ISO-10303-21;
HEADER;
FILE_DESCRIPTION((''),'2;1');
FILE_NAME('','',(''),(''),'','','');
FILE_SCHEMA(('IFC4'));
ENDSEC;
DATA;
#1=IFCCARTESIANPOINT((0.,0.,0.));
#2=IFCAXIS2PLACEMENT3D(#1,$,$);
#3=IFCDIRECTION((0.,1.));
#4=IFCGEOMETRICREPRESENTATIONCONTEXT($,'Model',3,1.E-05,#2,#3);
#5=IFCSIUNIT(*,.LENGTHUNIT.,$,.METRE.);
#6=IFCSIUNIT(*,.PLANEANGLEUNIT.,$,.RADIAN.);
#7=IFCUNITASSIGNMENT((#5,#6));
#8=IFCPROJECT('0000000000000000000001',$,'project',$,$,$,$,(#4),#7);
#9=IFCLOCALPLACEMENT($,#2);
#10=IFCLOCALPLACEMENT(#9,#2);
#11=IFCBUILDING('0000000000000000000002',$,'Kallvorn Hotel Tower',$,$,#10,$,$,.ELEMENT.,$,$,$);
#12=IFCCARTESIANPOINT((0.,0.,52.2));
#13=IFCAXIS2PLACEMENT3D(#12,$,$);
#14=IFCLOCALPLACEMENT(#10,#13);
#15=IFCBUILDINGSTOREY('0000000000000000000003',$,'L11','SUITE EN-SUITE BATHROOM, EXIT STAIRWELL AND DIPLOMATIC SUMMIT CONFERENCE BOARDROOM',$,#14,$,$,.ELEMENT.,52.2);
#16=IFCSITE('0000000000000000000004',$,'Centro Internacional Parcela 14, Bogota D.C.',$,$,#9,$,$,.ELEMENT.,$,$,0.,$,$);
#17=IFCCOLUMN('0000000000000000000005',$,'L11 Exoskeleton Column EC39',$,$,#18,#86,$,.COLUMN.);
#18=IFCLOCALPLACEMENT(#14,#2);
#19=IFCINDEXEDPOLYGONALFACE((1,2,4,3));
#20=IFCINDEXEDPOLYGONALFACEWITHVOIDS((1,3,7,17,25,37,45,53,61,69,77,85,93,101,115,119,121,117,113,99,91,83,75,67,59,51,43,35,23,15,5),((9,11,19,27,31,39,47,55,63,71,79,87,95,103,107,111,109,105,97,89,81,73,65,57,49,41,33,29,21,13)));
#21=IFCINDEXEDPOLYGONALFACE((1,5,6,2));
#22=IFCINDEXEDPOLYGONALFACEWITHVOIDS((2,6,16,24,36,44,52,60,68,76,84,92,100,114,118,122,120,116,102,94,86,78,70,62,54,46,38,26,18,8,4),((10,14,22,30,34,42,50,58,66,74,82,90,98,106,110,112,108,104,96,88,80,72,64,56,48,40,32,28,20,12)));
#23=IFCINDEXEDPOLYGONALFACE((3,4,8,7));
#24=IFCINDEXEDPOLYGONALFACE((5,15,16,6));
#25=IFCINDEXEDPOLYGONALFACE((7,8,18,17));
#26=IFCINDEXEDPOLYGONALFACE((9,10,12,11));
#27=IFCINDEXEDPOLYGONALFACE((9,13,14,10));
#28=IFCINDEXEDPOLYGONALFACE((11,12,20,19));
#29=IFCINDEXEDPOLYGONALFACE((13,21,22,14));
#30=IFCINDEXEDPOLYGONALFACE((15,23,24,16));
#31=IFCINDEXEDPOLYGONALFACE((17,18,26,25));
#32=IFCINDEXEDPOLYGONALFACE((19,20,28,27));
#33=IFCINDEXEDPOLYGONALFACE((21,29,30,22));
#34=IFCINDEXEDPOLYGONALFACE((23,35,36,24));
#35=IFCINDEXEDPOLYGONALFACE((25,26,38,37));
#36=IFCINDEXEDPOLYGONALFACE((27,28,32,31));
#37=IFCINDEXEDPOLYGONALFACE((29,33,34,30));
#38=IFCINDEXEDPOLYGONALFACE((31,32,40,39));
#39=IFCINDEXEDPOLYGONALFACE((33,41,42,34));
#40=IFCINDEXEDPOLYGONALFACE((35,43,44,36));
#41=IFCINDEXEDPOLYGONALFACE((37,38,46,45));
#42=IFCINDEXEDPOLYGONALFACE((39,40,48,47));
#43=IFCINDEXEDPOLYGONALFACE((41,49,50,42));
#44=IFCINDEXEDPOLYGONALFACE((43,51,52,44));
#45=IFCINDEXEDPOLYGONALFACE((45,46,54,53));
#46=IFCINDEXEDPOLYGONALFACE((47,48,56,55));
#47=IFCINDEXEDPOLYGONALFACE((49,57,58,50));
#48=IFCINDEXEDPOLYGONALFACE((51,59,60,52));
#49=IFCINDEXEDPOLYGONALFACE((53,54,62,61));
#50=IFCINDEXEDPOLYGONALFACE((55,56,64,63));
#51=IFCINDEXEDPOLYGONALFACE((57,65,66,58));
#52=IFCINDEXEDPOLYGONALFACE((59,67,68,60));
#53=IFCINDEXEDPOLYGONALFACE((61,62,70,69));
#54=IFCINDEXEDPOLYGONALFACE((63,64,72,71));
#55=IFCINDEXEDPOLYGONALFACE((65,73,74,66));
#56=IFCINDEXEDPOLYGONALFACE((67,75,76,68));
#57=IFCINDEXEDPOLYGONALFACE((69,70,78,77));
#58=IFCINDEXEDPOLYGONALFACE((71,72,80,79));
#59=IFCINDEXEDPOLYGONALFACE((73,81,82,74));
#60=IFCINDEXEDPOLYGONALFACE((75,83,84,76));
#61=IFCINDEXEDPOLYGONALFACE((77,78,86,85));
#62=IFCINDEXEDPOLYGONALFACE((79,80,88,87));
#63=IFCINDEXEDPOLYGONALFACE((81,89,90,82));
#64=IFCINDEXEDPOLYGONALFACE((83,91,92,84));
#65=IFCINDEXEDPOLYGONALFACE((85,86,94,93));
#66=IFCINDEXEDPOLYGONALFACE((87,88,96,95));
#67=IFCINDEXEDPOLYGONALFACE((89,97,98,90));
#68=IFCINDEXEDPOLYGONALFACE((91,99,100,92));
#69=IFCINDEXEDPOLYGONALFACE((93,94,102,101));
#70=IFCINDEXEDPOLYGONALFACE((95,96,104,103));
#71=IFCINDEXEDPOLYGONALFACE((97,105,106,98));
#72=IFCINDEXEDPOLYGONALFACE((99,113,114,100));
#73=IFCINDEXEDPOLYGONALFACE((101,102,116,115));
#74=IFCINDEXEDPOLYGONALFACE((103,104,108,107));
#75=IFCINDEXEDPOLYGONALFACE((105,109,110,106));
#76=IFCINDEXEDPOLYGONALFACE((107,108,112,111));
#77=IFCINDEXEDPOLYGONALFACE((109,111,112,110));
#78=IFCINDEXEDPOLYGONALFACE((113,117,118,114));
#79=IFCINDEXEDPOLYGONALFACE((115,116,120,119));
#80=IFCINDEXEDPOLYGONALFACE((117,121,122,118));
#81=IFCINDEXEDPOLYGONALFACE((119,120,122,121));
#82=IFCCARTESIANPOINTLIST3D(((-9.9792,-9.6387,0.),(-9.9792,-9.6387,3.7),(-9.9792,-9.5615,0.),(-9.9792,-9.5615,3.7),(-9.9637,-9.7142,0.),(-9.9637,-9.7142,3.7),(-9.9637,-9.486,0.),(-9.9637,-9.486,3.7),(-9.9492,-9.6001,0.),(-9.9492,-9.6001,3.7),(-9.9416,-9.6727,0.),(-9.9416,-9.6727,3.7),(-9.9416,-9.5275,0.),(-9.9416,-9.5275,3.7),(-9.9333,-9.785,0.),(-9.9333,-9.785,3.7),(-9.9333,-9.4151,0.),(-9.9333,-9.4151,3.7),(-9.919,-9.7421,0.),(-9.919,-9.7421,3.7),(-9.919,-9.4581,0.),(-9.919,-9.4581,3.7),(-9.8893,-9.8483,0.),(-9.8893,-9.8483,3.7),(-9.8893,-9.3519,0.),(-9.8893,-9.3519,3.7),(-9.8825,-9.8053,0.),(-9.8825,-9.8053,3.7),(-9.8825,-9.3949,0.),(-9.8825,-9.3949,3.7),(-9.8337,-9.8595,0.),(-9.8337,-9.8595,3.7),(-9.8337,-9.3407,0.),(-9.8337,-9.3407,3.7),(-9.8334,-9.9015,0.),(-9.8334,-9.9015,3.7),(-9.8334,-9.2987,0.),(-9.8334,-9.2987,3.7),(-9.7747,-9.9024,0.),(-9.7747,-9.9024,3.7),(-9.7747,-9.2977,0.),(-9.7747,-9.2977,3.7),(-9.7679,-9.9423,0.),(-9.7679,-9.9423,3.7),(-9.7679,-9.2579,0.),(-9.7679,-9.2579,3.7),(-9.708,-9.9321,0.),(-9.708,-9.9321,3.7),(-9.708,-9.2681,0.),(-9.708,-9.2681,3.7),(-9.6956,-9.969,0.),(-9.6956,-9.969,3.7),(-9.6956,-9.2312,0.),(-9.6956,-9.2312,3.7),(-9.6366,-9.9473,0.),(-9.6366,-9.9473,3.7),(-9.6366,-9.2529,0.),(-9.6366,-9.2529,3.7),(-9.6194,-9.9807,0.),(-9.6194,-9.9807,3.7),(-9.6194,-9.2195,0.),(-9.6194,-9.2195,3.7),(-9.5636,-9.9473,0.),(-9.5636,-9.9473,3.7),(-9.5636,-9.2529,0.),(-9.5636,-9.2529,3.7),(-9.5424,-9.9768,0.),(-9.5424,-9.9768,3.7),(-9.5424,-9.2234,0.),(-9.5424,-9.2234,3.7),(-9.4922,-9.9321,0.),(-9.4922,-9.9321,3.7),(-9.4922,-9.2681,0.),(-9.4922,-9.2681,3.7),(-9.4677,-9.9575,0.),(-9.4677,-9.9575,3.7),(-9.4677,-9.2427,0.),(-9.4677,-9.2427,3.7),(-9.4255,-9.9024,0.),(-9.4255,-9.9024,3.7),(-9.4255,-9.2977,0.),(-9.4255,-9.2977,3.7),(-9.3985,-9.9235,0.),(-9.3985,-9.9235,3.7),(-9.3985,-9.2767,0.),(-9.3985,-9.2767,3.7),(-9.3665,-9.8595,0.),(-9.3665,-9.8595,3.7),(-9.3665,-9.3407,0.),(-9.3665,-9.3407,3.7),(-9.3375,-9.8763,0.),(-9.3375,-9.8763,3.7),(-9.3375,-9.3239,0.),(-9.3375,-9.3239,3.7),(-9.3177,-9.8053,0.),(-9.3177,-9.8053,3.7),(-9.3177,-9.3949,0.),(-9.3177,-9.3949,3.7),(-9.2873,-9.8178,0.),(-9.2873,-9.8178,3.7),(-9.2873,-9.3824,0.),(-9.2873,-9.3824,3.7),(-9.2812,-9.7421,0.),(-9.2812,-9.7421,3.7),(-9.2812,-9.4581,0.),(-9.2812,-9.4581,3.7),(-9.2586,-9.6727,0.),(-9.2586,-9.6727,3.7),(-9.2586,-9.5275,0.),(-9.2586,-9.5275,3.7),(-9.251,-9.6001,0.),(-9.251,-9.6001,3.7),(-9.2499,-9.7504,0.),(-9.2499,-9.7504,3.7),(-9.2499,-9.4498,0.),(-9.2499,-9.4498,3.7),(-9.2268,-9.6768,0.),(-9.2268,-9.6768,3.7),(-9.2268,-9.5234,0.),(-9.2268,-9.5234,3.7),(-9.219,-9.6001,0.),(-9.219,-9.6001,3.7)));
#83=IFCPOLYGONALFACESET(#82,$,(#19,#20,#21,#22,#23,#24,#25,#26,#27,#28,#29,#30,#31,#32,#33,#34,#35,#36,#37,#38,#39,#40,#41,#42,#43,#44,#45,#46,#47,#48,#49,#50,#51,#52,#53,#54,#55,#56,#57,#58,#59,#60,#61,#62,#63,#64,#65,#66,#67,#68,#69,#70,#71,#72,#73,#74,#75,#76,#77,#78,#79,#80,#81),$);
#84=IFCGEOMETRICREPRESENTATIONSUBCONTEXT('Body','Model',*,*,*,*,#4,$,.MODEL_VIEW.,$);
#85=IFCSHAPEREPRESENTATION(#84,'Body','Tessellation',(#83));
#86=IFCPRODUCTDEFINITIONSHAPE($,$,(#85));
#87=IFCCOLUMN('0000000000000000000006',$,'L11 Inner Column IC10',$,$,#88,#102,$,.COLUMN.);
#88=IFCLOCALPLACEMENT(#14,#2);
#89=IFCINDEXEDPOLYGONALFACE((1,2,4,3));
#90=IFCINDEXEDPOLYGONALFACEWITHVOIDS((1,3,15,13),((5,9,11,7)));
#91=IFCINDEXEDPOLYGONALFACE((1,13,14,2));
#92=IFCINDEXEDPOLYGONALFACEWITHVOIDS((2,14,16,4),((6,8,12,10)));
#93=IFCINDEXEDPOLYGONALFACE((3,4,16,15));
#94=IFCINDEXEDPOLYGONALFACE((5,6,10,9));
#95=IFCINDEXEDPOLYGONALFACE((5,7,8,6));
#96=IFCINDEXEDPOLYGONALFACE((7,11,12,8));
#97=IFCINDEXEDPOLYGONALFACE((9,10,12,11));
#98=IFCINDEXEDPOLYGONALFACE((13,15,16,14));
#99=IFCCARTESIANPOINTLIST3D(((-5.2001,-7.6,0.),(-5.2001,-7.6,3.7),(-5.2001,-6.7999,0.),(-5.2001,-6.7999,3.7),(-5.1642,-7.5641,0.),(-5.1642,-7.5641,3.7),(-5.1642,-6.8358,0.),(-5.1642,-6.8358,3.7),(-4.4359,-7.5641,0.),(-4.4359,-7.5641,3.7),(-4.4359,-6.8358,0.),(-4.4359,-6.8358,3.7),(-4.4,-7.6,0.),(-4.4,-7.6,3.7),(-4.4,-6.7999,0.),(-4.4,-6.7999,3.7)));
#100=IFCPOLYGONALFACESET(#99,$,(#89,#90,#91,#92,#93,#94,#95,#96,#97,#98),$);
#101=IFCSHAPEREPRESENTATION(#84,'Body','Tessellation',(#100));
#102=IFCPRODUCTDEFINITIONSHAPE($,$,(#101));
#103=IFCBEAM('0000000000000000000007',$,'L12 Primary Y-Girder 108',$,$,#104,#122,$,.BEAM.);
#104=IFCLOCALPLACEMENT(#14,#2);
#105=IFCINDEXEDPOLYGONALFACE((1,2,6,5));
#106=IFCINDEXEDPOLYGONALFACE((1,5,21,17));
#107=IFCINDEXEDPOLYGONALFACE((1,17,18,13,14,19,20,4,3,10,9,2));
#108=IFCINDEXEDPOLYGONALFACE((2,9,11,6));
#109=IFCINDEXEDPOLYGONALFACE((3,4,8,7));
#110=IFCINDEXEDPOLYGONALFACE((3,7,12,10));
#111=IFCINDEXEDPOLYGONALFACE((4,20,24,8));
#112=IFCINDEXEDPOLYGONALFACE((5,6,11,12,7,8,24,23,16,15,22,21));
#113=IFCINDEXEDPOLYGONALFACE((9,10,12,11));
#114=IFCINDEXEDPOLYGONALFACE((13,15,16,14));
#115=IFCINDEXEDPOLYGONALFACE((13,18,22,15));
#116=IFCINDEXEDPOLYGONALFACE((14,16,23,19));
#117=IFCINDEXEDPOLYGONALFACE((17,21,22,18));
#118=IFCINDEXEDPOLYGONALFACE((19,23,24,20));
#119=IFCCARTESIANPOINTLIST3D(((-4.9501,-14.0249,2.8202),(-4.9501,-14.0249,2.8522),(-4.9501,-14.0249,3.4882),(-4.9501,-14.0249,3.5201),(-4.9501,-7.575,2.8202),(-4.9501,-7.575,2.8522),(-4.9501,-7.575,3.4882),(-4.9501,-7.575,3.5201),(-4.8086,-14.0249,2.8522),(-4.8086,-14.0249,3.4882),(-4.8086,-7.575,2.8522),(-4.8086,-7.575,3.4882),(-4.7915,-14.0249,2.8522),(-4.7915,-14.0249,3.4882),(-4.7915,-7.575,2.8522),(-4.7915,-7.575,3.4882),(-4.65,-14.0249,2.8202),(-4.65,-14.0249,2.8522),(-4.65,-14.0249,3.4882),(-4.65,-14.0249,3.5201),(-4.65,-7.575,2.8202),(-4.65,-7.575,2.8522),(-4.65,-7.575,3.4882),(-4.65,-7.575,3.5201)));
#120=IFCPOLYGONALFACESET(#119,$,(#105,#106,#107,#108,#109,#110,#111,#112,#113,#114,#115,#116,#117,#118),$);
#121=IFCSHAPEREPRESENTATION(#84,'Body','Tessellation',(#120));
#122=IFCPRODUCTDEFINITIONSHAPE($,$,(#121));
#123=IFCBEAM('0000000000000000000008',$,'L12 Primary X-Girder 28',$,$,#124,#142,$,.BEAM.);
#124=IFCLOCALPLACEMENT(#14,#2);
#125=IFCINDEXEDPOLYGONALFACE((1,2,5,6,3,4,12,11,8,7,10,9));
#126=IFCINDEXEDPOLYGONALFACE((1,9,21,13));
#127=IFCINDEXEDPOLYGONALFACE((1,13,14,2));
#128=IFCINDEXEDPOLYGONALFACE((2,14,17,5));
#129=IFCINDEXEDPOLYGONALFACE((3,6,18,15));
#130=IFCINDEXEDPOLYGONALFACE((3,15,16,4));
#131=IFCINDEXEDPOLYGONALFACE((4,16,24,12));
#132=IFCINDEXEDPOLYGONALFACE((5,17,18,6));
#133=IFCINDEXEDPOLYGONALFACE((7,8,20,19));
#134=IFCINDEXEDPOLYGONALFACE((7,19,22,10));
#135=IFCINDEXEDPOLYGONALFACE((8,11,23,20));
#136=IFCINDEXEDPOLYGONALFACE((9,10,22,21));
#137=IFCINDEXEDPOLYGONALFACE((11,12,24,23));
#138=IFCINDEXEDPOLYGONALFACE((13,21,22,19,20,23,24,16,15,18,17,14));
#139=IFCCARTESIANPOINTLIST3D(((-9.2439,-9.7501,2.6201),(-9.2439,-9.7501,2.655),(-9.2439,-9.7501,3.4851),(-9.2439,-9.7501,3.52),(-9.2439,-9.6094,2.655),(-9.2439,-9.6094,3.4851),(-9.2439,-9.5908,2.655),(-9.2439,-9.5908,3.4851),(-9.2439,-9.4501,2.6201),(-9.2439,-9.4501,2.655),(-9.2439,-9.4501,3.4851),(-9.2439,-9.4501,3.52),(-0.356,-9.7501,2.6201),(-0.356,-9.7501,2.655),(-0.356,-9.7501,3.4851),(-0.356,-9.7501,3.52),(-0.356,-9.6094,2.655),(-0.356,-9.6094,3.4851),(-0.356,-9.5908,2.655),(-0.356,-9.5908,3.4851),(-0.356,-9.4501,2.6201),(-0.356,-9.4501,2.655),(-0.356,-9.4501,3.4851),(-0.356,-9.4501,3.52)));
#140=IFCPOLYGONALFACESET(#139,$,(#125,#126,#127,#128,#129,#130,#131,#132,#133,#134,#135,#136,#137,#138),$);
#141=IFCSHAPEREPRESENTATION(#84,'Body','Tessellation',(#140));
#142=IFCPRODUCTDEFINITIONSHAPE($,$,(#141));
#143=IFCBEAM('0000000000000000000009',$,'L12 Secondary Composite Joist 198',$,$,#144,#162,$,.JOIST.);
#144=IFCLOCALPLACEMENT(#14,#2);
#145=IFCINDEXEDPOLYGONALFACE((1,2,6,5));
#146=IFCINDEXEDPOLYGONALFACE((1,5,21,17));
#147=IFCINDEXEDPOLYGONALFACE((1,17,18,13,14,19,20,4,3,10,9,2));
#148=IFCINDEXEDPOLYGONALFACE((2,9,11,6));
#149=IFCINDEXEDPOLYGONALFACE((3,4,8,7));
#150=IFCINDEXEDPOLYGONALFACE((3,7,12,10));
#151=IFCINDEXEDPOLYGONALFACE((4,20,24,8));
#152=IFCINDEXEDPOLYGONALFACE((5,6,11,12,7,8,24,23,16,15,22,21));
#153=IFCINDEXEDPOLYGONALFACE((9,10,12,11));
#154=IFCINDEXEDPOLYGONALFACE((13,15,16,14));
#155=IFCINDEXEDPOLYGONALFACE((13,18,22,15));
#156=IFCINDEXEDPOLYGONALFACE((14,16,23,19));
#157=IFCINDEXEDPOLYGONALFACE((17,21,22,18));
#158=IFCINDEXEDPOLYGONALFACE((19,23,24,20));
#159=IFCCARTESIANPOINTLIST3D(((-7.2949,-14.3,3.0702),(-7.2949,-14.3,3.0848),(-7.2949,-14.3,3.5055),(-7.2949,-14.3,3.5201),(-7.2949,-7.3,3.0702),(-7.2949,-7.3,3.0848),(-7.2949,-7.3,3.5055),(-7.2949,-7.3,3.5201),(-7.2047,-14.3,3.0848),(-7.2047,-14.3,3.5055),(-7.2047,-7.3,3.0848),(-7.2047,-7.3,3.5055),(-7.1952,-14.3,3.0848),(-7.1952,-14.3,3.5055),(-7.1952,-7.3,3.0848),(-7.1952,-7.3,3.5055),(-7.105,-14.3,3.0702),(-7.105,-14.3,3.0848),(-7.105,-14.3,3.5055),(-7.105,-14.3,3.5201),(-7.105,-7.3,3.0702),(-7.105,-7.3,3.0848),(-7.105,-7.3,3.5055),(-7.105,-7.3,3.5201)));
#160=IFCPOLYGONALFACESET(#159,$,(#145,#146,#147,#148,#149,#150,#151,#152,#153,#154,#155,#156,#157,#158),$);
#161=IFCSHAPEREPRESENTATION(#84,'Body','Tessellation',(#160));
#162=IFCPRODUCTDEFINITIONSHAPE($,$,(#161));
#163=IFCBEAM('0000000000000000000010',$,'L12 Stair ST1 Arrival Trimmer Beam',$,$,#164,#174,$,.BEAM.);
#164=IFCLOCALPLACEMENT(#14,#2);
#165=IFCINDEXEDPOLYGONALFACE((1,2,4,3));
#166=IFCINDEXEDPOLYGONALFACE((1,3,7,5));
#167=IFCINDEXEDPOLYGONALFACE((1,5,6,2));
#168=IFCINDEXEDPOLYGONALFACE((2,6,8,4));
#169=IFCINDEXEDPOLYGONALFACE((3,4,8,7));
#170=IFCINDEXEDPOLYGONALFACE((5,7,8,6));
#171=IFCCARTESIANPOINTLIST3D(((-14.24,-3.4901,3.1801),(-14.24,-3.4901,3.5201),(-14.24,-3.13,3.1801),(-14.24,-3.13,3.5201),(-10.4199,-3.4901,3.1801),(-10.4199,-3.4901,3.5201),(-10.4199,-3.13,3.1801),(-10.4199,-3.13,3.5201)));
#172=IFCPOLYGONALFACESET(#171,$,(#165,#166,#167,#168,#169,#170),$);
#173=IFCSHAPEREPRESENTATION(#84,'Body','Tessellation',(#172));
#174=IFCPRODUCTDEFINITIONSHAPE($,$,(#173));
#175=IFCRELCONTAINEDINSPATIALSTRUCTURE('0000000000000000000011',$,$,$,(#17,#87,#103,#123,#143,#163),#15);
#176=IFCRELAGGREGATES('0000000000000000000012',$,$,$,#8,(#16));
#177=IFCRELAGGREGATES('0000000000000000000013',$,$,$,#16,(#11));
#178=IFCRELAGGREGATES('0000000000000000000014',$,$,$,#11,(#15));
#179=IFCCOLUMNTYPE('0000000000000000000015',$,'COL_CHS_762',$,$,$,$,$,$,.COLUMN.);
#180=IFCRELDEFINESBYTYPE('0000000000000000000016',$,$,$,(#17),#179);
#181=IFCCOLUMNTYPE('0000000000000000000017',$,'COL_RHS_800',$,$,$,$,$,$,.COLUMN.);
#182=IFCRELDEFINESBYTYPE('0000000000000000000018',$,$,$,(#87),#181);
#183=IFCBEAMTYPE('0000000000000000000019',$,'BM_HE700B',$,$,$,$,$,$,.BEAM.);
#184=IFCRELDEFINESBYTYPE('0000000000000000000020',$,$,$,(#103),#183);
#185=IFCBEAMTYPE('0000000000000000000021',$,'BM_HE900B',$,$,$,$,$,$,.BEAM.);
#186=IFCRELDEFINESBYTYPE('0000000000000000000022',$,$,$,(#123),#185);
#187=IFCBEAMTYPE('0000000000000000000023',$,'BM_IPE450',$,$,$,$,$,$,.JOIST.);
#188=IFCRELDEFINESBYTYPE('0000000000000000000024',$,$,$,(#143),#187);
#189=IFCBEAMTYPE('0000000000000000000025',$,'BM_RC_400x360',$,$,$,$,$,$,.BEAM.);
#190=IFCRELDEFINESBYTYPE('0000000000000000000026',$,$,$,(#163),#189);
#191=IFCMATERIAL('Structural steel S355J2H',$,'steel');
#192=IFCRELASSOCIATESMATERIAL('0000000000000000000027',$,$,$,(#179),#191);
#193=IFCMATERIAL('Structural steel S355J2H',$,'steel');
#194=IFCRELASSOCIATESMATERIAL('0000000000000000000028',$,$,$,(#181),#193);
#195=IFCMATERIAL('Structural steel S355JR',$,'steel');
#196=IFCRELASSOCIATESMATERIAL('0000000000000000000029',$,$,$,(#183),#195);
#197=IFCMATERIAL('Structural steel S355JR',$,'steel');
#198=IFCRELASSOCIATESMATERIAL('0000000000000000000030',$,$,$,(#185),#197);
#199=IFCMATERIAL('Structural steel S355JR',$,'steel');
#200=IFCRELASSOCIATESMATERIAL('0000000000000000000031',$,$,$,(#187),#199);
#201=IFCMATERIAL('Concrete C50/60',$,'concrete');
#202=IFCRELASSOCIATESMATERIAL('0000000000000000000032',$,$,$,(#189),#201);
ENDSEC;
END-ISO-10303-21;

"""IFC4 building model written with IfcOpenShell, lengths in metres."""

from ifc_helpers import new_model, si_unit, direction, frame, origin, origin_2d, place, context, subcontext, project, spatial, rectangle, hollow_rectangle, hollow_circle, i_section, extrude, material, material_profile, profile_set, type_object, element, save


model = new_model("IFC4")

# Units and contexts
model_context = context("Model", 3, precision=1e-05, world=origin(), true_north=direction((0.0, 1.0)))
body_context = subcontext(model_context, "Body", "Model", "MODEL_VIEW")
ifc_project = project(units=[si_unit("LENGTHUNIT", "METRE"), si_unit("PLANEANGLEUNIT", "RADIAN")], contexts=[model_context])

# Site, building, storey
site_placement = place(None, origin())
site = spatial("IfcSite", under=ifc_project, at=site_placement, Name="Centro Internacional Parcela 14, Bogota D.C.", CompositionType="ELEMENT", RefElevation=0.0)
building_placement = place(site_placement, origin())
building = spatial("IfcBuilding", under=site, at=building_placement, Name="Kallvorn Hotel Tower", CompositionType="ELEMENT")
storey_placement = place(building_placement, frame((0.0, 0.0, 52.2)))
storey = spatial("IfcBuildingStorey", under=building, at=storey_placement, Name="L11", Description="SUITE EN-SUITE BATHROOM, EXIT STAIRWELL AND DIPLOMATIC SUMMIT CONFERENCE BOARDROOM", CompositionType="ELEMENT", Elevation=52.2)

# Columns
ifc_material_1 = material(Name="Structural steel S355J2H", Category="steel")
ifc_material_profile_1 = material_profile(ifc_material_1, hollow_circle(Radius=0.3811, WallThickness=0.032, at=origin_2d()), Name="CHS 762x32")
ifc_profile_set_1 = profile_set([ifc_material_profile_1], Name="Structural steel S355J2H")
column_type_1 = type_object("IfcColumnType", Name="COL_CHS_762", PredefinedType="COLUMN", material=ifc_profile_set_1)
column_1_placement = place(storey_placement, frame((-9.6001, -9.6001, 0.0), z_axis=(0.0, 0.0, 1.0), x_axis=(1.0, 0.0, 0.0)))
element("IfcColumn", 1, at=column_1_placement, inside=storey, type_object=column_type_1, Name="L11 Exoskeleton Column EC39", PredefinedType="COLUMN", context=body_context, shape_type="SweptSolid", body=[
    extrude(hollow_circle(Radius=0.3811, WallThickness=0.032, at=origin_2d()), origin(), (0.0, 0.0, 1.0), 3.7),
])
ifc_material_2 = material(Name="Structural steel S355J2H", Category="steel")
ifc_material_profile_2 = material_profile(ifc_material_2, hollow_rectangle(XDim=0.8, YDim=0.8, WallThickness=0.0359, at=origin_2d()), Name="RHS 800x800x36")
ifc_profile_set_2 = profile_set([ifc_material_profile_2], Name="Structural steel S355J2H")
column_type_2 = type_object("IfcColumnType", Name="COL_RHS_800", PredefinedType="COLUMN", material=ifc_profile_set_2)
column_2_placement = place(storey_placement, frame((-4.8, -7.2, 0.0), z_axis=(0.0, 0.0, 1.0), x_axis=(1.0, 0.0, 0.0)))
element("IfcColumn", 2, at=column_2_placement, inside=storey, type_object=column_type_2, Name="L11 Inner Column IC10", PredefinedType="COLUMN", context=body_context, shape_type="SweptSolid", body=[
    extrude(hollow_rectangle(XDim=0.8, YDim=0.8, WallThickness=0.0359, at=origin_2d()), origin(), (0.0, 0.0, 1.0), 3.7),
])

# Beams
ifc_material_3 = material(Name="Structural steel S355JR", Category="steel")
ifc_material_profile_3 = material_profile(ifc_material_3, i_section(OverallWidth=0.3, OverallDepth=0.7, WebThickness=0.0171, FlangeThickness=0.032, at=origin_2d()), Name="HE 700 B")
ifc_profile_set_3 = profile_set([ifc_material_profile_3], Name="Structural steel S355JR")
beam_type_1 = type_object("IfcBeamType", Name="BM_HE700B", PredefinedType="BEAM", material=ifc_profile_set_3)
beam_1_placement = place(storey_placement, frame((-4.8, -14.0249, 3.1702), z_axis=(0.0, 1.0, 0.0), x_axis=(-1.0, 0.0, 0.0)))
element("IfcBeam", 3, at=beam_1_placement, inside=storey, type_object=beam_type_1, Name="L12 Primary Y-Girder 108", PredefinedType="BEAM", context=body_context, shape_type="SweptSolid", body=[
    extrude(i_section(OverallWidth=0.3, OverallDepth=0.7, WebThickness=0.0171, FlangeThickness=0.032, at=origin_2d()), origin(), (0.0, 0.0, 1.0), 6.45),
])
ifc_material_4 = material(Name="Structural steel S355JR", Category="steel")
ifc_material_profile_4 = material_profile(ifc_material_4, i_section(OverallWidth=0.3, OverallDepth=0.8999, WebThickness=0.0186, FlangeThickness=0.0349, at=origin_2d()), Name="HE 900 B")
ifc_profile_set_4 = profile_set([ifc_material_profile_4], Name="Structural steel S355JR")
beam_type_2 = type_object("IfcBeamType", Name="BM_HE900B", PredefinedType="BEAM", material=ifc_profile_set_4)
beam_2_placement = place(storey_placement, frame((-9.2439, -9.6001, 3.0701), z_axis=(1.0, 0.0, 0.0), x_axis=(0.0, 1.0, 0.0)))
element("IfcBeam", 4, at=beam_2_placement, inside=storey, type_object=beam_type_2, Name="L12 Primary X-Girder 28", PredefinedType="BEAM", context=body_context, shape_type="SweptSolid", body=[
    extrude(i_section(OverallWidth=0.3, OverallDepth=0.8999, WebThickness=0.0186, FlangeThickness=0.0349, at=origin_2d()), origin(), (0.0, 0.0, 1.0), 8.8879),
])
ifc_material_5 = material(Name="Structural steel S355JR", Category="steel")
ifc_material_profile_5 = material_profile(ifc_material_5, i_section(OverallWidth=0.1899, OverallDepth=0.45, WebThickness=0.0095, FlangeThickness=0.0146, at=origin_2d()), Name="IPE 450")
ifc_profile_set_5 = profile_set([ifc_material_profile_5], Name="Structural steel S355JR")
beam_type_3 = type_object("IfcBeamType", Name="BM_IPE450", PredefinedType="JOIST", material=ifc_profile_set_5)
beam_3_placement = place(storey_placement, frame((-7.2, -14.3, 3.2952), z_axis=(0.0, 1.0, 0.0), x_axis=(-1.0, 0.0, 0.0)))
element("IfcBeam", 5, at=beam_3_placement, inside=storey, type_object=beam_type_3, Name="L12 Secondary Composite Joist 198", PredefinedType="JOIST", context=body_context, shape_type="SweptSolid", body=[
    extrude(i_section(OverallWidth=0.1899, OverallDepth=0.45, WebThickness=0.0095, FlangeThickness=0.0146, at=origin_2d()), origin(), (0.0, 0.0, 1.0), 7.0),
])
ifc_material_6 = material(Name="Concrete C50/60", Category="concrete")
ifc_material_profile_6 = material_profile(ifc_material_6, rectangle(XDim=0.3601, YDim=0.3401, at=origin_2d()), Name="RC 360x340")
ifc_profile_set_6 = profile_set([ifc_material_profile_6], Name="Concrete C50/60")
beam_type_4 = type_object("IfcBeamType", Name="BM_RC_400x360", PredefinedType="BEAM", material=ifc_profile_set_6)
beam_4_placement = place(storey_placement, frame((-10.4199, -3.3101, 3.3501), z_axis=(-1.0, 0.0, 0.0), x_axis=(0.0, -1.0, 0.0)))
element("IfcBeam", 6, at=beam_4_placement, inside=storey, type_object=beam_type_4, Name="L12 Stair ST1 Arrival Trimmer Beam", PredefinedType="BEAM", context=body_context, shape_type="SweptSolid", body=[
    extrude(rectangle(XDim=0.3601, YDim=0.3401, at=origin_2d()), origin(), (0.0, 0.0, 1.0), 3.8201),
])

save(model, "model.ifc")
